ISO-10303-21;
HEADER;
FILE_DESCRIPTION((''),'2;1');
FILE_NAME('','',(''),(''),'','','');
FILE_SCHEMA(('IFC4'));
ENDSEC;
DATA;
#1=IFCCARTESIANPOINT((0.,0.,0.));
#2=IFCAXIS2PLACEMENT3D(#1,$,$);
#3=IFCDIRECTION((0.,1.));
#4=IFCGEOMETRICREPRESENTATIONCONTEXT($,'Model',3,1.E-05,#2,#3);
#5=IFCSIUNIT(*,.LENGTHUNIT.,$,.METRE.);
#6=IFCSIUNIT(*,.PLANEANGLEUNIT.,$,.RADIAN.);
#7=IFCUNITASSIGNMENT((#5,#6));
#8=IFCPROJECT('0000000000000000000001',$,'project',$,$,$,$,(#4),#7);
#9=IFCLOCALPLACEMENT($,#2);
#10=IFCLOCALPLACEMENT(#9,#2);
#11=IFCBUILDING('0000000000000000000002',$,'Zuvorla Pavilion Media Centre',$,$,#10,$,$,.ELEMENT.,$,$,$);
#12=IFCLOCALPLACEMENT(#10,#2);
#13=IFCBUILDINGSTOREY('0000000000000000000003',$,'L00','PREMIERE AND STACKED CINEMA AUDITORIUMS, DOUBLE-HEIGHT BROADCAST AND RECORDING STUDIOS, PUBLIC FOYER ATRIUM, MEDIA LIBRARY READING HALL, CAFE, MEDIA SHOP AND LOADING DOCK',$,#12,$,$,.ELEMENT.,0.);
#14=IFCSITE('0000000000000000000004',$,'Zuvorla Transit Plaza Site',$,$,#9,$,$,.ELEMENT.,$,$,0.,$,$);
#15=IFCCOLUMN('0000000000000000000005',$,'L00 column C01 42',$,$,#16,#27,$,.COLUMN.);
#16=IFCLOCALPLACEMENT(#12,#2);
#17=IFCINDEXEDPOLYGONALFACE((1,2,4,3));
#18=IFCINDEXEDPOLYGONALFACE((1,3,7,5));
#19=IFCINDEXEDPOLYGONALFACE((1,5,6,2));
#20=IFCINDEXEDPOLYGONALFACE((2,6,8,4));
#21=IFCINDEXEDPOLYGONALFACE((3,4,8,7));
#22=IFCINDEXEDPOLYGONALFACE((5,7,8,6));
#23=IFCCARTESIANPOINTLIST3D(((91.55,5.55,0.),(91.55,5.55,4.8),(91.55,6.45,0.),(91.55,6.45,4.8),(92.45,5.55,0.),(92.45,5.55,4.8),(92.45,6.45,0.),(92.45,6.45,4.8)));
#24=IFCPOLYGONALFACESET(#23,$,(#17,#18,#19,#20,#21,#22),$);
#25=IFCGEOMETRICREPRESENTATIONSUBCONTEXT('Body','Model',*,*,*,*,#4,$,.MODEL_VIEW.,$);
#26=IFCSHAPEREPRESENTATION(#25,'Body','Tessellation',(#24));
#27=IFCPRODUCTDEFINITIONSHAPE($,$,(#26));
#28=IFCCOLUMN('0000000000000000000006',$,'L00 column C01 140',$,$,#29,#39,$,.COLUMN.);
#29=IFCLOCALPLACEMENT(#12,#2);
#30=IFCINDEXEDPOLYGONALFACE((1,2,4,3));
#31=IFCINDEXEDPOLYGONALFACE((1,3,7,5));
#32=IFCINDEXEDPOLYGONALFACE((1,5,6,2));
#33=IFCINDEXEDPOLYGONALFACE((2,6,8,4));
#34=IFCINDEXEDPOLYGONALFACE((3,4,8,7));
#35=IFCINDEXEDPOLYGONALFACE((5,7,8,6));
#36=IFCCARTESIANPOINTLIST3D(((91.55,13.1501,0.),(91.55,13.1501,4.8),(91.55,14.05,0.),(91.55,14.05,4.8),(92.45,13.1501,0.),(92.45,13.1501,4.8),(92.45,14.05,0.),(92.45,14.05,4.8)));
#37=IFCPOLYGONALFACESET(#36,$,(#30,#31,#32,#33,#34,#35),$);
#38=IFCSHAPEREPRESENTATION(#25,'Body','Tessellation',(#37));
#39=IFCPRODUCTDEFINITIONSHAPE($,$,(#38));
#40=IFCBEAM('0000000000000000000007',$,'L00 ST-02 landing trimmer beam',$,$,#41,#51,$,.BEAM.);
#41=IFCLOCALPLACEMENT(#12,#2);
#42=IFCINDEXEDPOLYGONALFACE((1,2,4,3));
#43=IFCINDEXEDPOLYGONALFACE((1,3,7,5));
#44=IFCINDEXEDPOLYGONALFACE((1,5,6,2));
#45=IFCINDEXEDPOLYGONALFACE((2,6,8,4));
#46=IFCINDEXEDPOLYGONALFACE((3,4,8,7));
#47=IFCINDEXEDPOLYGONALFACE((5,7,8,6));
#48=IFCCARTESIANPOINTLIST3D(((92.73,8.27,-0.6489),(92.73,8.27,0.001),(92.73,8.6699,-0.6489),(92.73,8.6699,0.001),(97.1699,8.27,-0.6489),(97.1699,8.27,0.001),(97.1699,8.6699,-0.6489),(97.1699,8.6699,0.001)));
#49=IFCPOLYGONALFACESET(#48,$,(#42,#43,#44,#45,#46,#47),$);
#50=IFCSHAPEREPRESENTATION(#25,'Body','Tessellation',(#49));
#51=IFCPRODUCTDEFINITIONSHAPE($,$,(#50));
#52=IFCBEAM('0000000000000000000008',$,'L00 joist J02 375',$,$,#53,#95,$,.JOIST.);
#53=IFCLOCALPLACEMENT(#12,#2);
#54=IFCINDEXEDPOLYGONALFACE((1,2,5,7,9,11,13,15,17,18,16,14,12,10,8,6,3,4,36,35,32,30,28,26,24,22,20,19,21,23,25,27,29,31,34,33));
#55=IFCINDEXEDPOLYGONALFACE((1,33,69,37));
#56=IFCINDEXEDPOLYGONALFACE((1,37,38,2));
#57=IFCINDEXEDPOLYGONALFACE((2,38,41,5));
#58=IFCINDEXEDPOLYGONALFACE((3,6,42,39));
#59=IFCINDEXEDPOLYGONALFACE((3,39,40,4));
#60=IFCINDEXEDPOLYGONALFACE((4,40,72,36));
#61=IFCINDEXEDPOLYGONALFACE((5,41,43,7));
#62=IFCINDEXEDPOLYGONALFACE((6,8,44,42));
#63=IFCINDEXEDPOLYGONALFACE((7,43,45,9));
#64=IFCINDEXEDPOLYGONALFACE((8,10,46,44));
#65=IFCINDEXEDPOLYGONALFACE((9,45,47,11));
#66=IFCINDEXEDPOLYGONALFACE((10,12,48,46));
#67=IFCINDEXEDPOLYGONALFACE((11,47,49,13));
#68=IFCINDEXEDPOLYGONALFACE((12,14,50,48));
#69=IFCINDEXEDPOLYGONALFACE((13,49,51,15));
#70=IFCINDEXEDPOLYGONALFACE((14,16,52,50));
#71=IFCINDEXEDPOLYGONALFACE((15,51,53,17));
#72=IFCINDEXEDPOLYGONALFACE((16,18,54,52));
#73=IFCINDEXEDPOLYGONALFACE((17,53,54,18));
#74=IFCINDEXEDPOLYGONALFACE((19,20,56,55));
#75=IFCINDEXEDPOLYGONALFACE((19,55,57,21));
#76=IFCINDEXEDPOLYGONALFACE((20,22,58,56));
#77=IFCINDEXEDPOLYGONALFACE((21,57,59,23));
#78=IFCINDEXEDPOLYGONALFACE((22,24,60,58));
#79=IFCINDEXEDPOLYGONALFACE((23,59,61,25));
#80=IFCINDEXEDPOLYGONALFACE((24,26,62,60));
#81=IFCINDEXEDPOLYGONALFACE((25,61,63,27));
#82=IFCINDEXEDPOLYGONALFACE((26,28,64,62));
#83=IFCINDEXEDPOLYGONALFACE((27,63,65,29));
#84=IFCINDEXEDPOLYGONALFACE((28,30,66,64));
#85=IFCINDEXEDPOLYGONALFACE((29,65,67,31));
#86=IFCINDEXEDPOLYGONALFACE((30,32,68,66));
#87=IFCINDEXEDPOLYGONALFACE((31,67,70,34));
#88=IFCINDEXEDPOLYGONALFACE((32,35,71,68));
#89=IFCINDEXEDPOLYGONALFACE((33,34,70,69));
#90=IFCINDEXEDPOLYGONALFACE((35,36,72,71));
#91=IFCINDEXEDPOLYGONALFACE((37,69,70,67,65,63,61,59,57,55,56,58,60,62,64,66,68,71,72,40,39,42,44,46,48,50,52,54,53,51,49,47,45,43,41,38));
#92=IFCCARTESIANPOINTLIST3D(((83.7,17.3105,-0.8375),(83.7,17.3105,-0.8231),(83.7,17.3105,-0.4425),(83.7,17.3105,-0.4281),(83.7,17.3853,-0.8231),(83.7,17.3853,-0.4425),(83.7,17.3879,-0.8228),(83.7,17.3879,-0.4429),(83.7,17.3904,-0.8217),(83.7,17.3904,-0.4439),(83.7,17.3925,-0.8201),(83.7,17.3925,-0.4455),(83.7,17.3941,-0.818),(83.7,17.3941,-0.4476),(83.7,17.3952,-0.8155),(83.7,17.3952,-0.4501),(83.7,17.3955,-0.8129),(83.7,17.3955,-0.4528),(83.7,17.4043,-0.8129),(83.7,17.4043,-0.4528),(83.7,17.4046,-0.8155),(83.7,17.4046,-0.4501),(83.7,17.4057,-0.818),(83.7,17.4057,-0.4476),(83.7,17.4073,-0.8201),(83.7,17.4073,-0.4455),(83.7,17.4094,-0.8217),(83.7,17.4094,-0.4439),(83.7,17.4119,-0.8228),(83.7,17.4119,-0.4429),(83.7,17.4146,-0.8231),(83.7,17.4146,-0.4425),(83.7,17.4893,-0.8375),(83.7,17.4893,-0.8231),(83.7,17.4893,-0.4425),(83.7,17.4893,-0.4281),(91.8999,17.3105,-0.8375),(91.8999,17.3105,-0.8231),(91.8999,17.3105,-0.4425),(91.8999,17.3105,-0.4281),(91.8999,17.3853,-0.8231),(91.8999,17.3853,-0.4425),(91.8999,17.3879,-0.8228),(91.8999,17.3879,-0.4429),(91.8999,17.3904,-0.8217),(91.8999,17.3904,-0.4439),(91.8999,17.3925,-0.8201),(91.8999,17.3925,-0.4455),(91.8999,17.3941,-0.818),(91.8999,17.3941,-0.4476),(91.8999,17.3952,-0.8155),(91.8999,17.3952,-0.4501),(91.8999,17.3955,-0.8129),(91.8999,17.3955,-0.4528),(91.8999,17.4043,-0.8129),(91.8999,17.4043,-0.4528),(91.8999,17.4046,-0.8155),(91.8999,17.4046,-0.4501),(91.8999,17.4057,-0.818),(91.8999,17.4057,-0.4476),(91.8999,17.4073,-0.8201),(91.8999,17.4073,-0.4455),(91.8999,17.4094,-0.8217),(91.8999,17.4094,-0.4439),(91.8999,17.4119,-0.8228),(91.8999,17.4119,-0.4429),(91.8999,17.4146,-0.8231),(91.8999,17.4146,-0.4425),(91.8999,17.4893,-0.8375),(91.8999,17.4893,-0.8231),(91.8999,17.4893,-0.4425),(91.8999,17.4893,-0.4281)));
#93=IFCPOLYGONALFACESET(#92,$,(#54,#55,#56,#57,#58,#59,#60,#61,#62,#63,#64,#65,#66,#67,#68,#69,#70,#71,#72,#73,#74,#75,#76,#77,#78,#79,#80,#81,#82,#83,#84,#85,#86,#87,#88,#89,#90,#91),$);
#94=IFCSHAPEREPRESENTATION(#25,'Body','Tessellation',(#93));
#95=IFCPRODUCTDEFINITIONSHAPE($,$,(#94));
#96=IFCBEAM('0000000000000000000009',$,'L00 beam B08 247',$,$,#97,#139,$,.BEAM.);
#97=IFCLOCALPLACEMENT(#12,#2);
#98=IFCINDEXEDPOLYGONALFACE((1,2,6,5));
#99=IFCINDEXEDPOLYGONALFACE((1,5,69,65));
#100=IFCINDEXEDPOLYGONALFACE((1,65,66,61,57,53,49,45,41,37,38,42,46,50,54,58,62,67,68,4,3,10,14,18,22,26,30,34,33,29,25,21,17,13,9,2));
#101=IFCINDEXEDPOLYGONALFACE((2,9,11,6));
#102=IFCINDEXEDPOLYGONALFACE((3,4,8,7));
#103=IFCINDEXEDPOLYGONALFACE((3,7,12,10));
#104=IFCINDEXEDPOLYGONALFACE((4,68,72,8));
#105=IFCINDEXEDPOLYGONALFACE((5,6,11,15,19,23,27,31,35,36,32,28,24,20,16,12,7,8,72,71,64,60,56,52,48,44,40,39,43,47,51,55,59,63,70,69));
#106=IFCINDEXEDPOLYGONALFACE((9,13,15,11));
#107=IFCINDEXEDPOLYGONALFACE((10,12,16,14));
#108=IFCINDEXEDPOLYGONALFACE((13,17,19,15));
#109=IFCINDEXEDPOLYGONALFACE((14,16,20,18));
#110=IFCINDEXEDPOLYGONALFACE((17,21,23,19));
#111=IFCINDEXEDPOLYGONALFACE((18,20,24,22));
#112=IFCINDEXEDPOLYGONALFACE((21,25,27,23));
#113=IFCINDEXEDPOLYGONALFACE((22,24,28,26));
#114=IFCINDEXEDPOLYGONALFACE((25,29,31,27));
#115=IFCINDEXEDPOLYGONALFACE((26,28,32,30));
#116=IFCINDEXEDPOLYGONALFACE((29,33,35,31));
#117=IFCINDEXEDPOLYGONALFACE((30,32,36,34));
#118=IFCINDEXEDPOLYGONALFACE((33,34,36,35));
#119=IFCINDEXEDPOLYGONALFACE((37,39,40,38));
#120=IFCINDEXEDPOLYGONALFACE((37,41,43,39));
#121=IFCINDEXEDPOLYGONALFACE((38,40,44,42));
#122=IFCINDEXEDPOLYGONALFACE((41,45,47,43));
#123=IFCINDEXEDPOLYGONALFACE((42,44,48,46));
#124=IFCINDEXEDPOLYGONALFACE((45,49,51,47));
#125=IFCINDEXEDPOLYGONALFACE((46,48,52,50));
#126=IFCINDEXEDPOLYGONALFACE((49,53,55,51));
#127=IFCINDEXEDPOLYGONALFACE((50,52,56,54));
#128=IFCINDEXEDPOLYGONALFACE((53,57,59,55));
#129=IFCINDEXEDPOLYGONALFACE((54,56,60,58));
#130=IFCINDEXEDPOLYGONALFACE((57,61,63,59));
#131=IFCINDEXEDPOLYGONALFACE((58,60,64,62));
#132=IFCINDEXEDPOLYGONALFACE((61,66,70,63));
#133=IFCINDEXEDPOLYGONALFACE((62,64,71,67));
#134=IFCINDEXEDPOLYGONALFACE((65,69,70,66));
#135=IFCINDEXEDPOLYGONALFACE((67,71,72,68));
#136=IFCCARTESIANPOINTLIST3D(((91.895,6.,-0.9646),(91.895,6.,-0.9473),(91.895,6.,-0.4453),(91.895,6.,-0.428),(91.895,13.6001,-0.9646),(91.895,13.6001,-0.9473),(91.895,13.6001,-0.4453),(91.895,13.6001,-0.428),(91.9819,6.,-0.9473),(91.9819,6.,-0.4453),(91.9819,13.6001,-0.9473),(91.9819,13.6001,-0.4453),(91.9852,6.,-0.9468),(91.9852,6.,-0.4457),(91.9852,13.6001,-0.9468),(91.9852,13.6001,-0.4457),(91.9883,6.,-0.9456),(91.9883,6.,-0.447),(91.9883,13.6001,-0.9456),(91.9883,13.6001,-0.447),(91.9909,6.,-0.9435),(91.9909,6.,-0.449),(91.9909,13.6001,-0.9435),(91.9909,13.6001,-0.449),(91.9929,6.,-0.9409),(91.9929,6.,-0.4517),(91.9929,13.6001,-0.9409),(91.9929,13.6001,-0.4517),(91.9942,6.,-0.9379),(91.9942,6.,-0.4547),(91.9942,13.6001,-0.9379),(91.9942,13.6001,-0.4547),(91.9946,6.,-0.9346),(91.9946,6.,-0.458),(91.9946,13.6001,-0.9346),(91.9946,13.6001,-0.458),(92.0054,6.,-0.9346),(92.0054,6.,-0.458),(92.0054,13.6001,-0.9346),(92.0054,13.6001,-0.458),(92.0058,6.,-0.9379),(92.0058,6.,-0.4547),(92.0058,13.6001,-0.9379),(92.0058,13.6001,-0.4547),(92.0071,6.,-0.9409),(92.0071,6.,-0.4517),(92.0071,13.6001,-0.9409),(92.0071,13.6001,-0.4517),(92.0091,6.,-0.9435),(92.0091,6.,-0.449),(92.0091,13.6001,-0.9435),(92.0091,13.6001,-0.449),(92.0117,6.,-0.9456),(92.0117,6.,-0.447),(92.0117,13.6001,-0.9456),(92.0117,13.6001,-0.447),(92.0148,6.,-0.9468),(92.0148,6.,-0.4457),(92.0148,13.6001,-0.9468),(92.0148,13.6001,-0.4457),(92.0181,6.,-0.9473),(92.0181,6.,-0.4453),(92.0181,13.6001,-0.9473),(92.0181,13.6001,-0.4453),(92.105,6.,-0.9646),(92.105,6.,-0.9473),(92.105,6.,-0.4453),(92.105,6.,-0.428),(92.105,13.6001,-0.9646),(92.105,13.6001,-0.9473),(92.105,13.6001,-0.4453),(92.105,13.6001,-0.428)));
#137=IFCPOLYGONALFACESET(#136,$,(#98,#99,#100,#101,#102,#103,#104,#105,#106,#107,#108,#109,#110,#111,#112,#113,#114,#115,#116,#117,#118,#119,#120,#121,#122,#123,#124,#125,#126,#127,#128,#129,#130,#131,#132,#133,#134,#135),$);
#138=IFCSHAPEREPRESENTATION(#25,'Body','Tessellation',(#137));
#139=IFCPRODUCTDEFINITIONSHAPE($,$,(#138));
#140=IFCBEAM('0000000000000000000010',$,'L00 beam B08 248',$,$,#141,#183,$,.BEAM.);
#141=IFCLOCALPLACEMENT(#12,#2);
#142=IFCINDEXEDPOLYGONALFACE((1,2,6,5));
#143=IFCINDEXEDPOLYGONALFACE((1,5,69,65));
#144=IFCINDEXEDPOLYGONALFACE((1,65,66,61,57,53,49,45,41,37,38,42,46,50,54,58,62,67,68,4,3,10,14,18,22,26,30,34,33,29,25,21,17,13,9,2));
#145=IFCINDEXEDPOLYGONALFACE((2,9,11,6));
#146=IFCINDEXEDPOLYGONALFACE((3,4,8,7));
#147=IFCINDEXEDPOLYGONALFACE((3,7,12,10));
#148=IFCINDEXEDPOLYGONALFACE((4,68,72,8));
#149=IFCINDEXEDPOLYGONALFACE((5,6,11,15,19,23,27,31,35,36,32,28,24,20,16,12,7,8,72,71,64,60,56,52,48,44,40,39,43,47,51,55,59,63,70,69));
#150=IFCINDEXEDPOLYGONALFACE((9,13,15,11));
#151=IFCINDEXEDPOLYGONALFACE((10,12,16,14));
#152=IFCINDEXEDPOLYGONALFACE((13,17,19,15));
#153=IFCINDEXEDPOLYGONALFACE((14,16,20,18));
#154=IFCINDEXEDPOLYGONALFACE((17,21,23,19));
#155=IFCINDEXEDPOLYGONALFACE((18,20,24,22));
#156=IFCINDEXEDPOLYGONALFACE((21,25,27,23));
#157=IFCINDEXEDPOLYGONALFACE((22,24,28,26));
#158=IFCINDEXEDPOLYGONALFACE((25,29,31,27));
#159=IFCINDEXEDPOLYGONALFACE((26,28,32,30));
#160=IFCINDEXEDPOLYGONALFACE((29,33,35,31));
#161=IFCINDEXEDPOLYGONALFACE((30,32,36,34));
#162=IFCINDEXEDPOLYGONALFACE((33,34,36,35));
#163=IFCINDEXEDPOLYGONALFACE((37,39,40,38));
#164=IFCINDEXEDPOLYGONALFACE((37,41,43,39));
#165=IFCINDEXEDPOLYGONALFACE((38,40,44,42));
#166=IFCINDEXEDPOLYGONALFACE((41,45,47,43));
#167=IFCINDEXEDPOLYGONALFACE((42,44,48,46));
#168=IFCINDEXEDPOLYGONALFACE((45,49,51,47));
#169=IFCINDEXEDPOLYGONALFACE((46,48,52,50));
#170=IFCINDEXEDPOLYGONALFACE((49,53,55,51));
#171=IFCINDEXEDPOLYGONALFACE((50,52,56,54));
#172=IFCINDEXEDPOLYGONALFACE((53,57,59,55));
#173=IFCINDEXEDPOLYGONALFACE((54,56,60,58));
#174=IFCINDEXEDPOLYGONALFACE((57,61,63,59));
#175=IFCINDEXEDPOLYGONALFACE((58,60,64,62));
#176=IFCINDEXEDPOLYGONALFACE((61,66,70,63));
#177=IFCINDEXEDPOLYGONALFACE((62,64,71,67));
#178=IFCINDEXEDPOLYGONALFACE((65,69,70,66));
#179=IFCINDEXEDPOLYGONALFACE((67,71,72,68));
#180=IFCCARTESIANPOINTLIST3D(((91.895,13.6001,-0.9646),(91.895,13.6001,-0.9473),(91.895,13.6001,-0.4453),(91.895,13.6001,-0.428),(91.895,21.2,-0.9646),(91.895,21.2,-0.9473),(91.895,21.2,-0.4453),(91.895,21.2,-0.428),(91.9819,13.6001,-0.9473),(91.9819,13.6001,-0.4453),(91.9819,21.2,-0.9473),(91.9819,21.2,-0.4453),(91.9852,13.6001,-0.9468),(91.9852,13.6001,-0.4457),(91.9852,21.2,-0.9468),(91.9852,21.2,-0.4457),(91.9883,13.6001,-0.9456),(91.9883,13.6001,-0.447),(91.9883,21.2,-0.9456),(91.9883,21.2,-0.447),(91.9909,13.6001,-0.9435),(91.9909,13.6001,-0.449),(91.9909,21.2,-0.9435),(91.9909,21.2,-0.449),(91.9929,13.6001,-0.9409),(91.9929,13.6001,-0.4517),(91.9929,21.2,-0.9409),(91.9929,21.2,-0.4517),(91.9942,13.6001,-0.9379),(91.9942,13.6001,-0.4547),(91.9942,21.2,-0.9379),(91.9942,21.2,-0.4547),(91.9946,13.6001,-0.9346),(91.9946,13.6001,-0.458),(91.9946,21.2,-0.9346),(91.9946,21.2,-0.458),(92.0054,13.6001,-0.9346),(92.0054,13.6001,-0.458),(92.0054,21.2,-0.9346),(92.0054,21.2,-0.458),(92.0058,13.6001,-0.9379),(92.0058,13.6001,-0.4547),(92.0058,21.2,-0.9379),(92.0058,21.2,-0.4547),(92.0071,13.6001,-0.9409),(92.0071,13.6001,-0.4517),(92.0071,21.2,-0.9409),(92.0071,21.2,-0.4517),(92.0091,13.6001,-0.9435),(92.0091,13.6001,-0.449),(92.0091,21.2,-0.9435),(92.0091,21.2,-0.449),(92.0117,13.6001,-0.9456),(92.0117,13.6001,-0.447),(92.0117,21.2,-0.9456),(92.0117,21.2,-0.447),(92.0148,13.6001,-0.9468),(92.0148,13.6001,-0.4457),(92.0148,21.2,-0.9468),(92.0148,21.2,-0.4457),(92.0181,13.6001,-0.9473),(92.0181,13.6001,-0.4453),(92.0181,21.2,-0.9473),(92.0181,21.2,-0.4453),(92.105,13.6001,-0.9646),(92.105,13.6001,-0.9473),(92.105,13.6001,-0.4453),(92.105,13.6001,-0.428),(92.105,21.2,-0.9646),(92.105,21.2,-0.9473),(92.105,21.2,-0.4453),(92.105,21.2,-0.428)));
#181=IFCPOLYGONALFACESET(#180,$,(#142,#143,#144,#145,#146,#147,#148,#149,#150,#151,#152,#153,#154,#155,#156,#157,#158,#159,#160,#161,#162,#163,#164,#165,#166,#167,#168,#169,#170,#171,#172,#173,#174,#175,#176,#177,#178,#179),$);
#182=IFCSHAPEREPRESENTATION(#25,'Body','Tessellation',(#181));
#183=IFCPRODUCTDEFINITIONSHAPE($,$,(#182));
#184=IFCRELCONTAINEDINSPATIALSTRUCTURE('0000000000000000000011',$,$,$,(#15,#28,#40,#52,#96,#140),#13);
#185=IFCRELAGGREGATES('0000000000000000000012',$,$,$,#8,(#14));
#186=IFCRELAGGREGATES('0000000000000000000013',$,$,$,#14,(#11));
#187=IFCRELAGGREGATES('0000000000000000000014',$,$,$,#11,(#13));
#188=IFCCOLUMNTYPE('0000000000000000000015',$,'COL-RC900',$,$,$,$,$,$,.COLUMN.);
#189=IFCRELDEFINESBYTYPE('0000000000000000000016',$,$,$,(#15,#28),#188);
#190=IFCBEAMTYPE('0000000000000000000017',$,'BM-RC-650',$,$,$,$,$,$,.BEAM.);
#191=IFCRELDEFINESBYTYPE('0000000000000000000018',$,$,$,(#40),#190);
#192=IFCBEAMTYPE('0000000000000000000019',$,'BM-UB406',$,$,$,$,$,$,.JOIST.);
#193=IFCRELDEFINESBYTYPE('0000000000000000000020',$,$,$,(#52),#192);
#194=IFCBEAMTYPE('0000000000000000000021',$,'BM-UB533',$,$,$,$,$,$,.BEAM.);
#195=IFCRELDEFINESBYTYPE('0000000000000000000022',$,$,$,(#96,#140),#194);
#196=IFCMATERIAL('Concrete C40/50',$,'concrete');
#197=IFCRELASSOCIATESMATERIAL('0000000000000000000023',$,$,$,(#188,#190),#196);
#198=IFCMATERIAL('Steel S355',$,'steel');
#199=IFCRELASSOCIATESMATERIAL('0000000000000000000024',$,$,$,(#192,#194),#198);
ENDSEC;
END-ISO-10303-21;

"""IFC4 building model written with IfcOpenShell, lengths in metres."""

from ifc_helpers import new_model, si_unit, direction, frame, origin, origin_2d, place, context, subcontext, project, spatial, rectangle, i_section, extrude, material, material_profile, profile_set, type_object, element, save


model = new_model("IFC4")

# Units and contexts
model_context = context("Model", 3, precision=1e-05, world=origin(), true_north=direction((0.0, 1.0)))
body_context = subcontext(model_context, "Body", "Model", "MODEL_VIEW")
ifc_project = project(units=[si_unit("LENGTHUNIT", "METRE"), si_unit("PLANEANGLEUNIT", "RADIAN")], contexts=[model_context])

# Site, building, storey
site_placement = place(None, origin())
site = spatial("IfcSite", under=ifc_project, at=site_placement, Name="Zuvorla Transit Plaza Site", CompositionType="ELEMENT", RefElevation=0.0)
building_placement = place(site_placement, origin())
building = spatial("IfcBuilding", under=site, at=building_placement, Name="Zuvorla Pavilion Media Centre", CompositionType="ELEMENT")
storey_placement = place(building_placement, origin())
storey = spatial("IfcBuildingStorey", under=building, at=storey_placement, Name="L00", Description="PREMIERE AND STACKED CINEMA AUDITORIUMS, DOUBLE-HEIGHT BROADCAST AND RECORDING STUDIOS, PUBLIC FOYER ATRIUM, MEDIA LIBRARY READING HALL, CAFE, MEDIA SHOP AND LOADING DOCK", CompositionType="ELEMENT", Elevation=0.0)

# Columns
ifc_material_1 = material(Name="Concrete C40/50", Category="concrete")
ifc_material_profile_1 = material_profile(ifc_material_1, rectangle(XDim=0.8999, YDim=0.8999, at=origin_2d()), Name="RC 900x900")
ifc_profile_set_1 = profile_set([ifc_material_profile_1], Name="Concrete C40/50")
column_type = type_object("IfcColumnType", Name="COL-RC900", PredefinedType="COLUMN", material=ifc_profile_set_1)
for number, where, z_axis, x_axis, name in (
    (1, (92.0, 6.0, 0.0), (0.0, 0.0, 1.0), (1.0, 0.0, 0.0), "L00 column C01 42"),
    (2, (92.0, 13.6001, 0.0), (0.0, 0.0, 1.0), (1.0, 0.0, 0.0), "L00 column C01 140"),
):
    element("IfcColumn", number, at=place(storey_placement, frame(where, z_axis=z_axis, x_axis=x_axis)), inside=storey, type_object=column_type, Name=name, PredefinedType="COLUMN", context=body_context, shape_type="SweptSolid", body=[
        extrude(rectangle(XDim=0.8999, YDim=0.8999, at=origin_2d()), origin(), (0.0, 0.0, 1.0), 4.8),
    ])

# Beams
ifc_material_profile_2 = material_profile(ifc_material_1, rectangle(XDim=0.3999, YDim=0.6499, at=origin_2d()), Name="RC 400x650")
ifc_profile_set_2 = profile_set([ifc_material_profile_2], Name="Concrete C40/50")
beam_type_1 = type_object("IfcBeamType", Name="BM-RC-650", PredefinedType="BEAM", material=ifc_profile_set_2)
beam_1_placement = place(storey_placement, frame((92.73, 8.47, -0.324), z_axis=(1.0, 0.0, 0.0), x_axis=(0.0, 1.0, 0.0)))
element("IfcBeam", 3, at=beam_1_placement, inside=storey, type_object=beam_type_1, Name="L00 ST-02 landing trimmer beam", PredefinedType="BEAM", context=body_context, shape_type="SweptSolid", body=[
    extrude(rectangle(XDim=0.3999, YDim=0.6499, at=origin_2d()), origin(), (0.0, 0.0, 1.0), 4.4399),
])
ifc_material_2 = material(Name="Steel S355", Category="steel")
ifc_material_profile_3 = material_profile(ifc_material_2, i_section(OverallWidth=0.1787, OverallDepth=0.4094, WebThickness=0.0088, FlangeThickness=0.0144, FilletRadius=0.0103, at=origin_2d()), Name="UB 406x178x67")
ifc_profile_set_3 = profile_set([ifc_material_profile_3], Name="Steel S355")
beam_type_2 = type_object("IfcBeamType", Name="BM-UB406", PredefinedType="JOIST", material=ifc_profile_set_3)
beam_2_placement = place(storey_placement, frame((83.7, 17.3999, -0.6328), z_axis=(1.0, 0.0, 0.0), x_axis=(0.0, 1.0, 0.0)))
element("IfcBeam", 4, at=beam_2_placement, inside=storey, type_object=beam_type_2, Name="L00 joist J02 375", PredefinedType="JOIST", context=body_context, shape_type="SweptSolid", body=[
    extrude(i_section(OverallWidth=0.1787, OverallDepth=0.4094, WebThickness=0.0088, FlangeThickness=0.0144, FilletRadius=0.0103, at=origin_2d()), origin(), (0.0, 0.0, 1.0), 8.2),
])
ifc_material_profile_4 = material_profile(ifc_material_2, i_section(OverallWidth=0.21, OverallDepth=0.5366, WebThickness=0.0107, FlangeThickness=0.0173, FilletRadius=0.0127, at=origin_2d()), Name="UB 533x210x101")
ifc_profile_set_4 = profile_set([ifc_material_profile_4], Name="Steel S355")
beam_type_3 = type_object("IfcBeamType", Name="BM-UB533", PredefinedType="BEAM", material=ifc_profile_set_4)
beam_3_placement = place(storey_placement, frame((92.0, 6.0, -0.6963), z_axis=(0.0, 1.0, 0.0), x_axis=(-1.0, 0.0, 0.0)))
element("IfcBeam", 5, at=beam_3_placement, inside=storey, type_object=beam_type_3, Name="L00 beam B08 247", PredefinedType="BEAM", context=body_context, shape_type="SweptSolid", body=[
    extrude(i_section(OverallWidth=0.21, OverallDepth=0.5366, WebThickness=0.0107, FlangeThickness=0.0173, FilletRadius=0.0127, at=origin_2d()), origin(), (0.0, 0.0, 1.0), 7.6001),
])
beam_4_placement = place(storey_placement, frame((92.0, 13.6001, -0.6963), z_axis=(0.0, 1.0, 0.0), x_axis=(-1.0, 0.0, 0.0)))
element("IfcBeam", 6, at=beam_4_placement, inside=storey, type_object=beam_type_3, Name="L00 beam B08 248", PredefinedType="BEAM", context=body_context, shape_type="SweptSolid", body=[
    extrude(i_section(OverallWidth=0.21, OverallDepth=0.5366, WebThickness=0.0107, FlangeThickness=0.0173, FilletRadius=0.0127, at=origin_2d()), origin(), (0.0, 0.0, 1.0), 7.5999),
])

save(model, "model.ifc")
